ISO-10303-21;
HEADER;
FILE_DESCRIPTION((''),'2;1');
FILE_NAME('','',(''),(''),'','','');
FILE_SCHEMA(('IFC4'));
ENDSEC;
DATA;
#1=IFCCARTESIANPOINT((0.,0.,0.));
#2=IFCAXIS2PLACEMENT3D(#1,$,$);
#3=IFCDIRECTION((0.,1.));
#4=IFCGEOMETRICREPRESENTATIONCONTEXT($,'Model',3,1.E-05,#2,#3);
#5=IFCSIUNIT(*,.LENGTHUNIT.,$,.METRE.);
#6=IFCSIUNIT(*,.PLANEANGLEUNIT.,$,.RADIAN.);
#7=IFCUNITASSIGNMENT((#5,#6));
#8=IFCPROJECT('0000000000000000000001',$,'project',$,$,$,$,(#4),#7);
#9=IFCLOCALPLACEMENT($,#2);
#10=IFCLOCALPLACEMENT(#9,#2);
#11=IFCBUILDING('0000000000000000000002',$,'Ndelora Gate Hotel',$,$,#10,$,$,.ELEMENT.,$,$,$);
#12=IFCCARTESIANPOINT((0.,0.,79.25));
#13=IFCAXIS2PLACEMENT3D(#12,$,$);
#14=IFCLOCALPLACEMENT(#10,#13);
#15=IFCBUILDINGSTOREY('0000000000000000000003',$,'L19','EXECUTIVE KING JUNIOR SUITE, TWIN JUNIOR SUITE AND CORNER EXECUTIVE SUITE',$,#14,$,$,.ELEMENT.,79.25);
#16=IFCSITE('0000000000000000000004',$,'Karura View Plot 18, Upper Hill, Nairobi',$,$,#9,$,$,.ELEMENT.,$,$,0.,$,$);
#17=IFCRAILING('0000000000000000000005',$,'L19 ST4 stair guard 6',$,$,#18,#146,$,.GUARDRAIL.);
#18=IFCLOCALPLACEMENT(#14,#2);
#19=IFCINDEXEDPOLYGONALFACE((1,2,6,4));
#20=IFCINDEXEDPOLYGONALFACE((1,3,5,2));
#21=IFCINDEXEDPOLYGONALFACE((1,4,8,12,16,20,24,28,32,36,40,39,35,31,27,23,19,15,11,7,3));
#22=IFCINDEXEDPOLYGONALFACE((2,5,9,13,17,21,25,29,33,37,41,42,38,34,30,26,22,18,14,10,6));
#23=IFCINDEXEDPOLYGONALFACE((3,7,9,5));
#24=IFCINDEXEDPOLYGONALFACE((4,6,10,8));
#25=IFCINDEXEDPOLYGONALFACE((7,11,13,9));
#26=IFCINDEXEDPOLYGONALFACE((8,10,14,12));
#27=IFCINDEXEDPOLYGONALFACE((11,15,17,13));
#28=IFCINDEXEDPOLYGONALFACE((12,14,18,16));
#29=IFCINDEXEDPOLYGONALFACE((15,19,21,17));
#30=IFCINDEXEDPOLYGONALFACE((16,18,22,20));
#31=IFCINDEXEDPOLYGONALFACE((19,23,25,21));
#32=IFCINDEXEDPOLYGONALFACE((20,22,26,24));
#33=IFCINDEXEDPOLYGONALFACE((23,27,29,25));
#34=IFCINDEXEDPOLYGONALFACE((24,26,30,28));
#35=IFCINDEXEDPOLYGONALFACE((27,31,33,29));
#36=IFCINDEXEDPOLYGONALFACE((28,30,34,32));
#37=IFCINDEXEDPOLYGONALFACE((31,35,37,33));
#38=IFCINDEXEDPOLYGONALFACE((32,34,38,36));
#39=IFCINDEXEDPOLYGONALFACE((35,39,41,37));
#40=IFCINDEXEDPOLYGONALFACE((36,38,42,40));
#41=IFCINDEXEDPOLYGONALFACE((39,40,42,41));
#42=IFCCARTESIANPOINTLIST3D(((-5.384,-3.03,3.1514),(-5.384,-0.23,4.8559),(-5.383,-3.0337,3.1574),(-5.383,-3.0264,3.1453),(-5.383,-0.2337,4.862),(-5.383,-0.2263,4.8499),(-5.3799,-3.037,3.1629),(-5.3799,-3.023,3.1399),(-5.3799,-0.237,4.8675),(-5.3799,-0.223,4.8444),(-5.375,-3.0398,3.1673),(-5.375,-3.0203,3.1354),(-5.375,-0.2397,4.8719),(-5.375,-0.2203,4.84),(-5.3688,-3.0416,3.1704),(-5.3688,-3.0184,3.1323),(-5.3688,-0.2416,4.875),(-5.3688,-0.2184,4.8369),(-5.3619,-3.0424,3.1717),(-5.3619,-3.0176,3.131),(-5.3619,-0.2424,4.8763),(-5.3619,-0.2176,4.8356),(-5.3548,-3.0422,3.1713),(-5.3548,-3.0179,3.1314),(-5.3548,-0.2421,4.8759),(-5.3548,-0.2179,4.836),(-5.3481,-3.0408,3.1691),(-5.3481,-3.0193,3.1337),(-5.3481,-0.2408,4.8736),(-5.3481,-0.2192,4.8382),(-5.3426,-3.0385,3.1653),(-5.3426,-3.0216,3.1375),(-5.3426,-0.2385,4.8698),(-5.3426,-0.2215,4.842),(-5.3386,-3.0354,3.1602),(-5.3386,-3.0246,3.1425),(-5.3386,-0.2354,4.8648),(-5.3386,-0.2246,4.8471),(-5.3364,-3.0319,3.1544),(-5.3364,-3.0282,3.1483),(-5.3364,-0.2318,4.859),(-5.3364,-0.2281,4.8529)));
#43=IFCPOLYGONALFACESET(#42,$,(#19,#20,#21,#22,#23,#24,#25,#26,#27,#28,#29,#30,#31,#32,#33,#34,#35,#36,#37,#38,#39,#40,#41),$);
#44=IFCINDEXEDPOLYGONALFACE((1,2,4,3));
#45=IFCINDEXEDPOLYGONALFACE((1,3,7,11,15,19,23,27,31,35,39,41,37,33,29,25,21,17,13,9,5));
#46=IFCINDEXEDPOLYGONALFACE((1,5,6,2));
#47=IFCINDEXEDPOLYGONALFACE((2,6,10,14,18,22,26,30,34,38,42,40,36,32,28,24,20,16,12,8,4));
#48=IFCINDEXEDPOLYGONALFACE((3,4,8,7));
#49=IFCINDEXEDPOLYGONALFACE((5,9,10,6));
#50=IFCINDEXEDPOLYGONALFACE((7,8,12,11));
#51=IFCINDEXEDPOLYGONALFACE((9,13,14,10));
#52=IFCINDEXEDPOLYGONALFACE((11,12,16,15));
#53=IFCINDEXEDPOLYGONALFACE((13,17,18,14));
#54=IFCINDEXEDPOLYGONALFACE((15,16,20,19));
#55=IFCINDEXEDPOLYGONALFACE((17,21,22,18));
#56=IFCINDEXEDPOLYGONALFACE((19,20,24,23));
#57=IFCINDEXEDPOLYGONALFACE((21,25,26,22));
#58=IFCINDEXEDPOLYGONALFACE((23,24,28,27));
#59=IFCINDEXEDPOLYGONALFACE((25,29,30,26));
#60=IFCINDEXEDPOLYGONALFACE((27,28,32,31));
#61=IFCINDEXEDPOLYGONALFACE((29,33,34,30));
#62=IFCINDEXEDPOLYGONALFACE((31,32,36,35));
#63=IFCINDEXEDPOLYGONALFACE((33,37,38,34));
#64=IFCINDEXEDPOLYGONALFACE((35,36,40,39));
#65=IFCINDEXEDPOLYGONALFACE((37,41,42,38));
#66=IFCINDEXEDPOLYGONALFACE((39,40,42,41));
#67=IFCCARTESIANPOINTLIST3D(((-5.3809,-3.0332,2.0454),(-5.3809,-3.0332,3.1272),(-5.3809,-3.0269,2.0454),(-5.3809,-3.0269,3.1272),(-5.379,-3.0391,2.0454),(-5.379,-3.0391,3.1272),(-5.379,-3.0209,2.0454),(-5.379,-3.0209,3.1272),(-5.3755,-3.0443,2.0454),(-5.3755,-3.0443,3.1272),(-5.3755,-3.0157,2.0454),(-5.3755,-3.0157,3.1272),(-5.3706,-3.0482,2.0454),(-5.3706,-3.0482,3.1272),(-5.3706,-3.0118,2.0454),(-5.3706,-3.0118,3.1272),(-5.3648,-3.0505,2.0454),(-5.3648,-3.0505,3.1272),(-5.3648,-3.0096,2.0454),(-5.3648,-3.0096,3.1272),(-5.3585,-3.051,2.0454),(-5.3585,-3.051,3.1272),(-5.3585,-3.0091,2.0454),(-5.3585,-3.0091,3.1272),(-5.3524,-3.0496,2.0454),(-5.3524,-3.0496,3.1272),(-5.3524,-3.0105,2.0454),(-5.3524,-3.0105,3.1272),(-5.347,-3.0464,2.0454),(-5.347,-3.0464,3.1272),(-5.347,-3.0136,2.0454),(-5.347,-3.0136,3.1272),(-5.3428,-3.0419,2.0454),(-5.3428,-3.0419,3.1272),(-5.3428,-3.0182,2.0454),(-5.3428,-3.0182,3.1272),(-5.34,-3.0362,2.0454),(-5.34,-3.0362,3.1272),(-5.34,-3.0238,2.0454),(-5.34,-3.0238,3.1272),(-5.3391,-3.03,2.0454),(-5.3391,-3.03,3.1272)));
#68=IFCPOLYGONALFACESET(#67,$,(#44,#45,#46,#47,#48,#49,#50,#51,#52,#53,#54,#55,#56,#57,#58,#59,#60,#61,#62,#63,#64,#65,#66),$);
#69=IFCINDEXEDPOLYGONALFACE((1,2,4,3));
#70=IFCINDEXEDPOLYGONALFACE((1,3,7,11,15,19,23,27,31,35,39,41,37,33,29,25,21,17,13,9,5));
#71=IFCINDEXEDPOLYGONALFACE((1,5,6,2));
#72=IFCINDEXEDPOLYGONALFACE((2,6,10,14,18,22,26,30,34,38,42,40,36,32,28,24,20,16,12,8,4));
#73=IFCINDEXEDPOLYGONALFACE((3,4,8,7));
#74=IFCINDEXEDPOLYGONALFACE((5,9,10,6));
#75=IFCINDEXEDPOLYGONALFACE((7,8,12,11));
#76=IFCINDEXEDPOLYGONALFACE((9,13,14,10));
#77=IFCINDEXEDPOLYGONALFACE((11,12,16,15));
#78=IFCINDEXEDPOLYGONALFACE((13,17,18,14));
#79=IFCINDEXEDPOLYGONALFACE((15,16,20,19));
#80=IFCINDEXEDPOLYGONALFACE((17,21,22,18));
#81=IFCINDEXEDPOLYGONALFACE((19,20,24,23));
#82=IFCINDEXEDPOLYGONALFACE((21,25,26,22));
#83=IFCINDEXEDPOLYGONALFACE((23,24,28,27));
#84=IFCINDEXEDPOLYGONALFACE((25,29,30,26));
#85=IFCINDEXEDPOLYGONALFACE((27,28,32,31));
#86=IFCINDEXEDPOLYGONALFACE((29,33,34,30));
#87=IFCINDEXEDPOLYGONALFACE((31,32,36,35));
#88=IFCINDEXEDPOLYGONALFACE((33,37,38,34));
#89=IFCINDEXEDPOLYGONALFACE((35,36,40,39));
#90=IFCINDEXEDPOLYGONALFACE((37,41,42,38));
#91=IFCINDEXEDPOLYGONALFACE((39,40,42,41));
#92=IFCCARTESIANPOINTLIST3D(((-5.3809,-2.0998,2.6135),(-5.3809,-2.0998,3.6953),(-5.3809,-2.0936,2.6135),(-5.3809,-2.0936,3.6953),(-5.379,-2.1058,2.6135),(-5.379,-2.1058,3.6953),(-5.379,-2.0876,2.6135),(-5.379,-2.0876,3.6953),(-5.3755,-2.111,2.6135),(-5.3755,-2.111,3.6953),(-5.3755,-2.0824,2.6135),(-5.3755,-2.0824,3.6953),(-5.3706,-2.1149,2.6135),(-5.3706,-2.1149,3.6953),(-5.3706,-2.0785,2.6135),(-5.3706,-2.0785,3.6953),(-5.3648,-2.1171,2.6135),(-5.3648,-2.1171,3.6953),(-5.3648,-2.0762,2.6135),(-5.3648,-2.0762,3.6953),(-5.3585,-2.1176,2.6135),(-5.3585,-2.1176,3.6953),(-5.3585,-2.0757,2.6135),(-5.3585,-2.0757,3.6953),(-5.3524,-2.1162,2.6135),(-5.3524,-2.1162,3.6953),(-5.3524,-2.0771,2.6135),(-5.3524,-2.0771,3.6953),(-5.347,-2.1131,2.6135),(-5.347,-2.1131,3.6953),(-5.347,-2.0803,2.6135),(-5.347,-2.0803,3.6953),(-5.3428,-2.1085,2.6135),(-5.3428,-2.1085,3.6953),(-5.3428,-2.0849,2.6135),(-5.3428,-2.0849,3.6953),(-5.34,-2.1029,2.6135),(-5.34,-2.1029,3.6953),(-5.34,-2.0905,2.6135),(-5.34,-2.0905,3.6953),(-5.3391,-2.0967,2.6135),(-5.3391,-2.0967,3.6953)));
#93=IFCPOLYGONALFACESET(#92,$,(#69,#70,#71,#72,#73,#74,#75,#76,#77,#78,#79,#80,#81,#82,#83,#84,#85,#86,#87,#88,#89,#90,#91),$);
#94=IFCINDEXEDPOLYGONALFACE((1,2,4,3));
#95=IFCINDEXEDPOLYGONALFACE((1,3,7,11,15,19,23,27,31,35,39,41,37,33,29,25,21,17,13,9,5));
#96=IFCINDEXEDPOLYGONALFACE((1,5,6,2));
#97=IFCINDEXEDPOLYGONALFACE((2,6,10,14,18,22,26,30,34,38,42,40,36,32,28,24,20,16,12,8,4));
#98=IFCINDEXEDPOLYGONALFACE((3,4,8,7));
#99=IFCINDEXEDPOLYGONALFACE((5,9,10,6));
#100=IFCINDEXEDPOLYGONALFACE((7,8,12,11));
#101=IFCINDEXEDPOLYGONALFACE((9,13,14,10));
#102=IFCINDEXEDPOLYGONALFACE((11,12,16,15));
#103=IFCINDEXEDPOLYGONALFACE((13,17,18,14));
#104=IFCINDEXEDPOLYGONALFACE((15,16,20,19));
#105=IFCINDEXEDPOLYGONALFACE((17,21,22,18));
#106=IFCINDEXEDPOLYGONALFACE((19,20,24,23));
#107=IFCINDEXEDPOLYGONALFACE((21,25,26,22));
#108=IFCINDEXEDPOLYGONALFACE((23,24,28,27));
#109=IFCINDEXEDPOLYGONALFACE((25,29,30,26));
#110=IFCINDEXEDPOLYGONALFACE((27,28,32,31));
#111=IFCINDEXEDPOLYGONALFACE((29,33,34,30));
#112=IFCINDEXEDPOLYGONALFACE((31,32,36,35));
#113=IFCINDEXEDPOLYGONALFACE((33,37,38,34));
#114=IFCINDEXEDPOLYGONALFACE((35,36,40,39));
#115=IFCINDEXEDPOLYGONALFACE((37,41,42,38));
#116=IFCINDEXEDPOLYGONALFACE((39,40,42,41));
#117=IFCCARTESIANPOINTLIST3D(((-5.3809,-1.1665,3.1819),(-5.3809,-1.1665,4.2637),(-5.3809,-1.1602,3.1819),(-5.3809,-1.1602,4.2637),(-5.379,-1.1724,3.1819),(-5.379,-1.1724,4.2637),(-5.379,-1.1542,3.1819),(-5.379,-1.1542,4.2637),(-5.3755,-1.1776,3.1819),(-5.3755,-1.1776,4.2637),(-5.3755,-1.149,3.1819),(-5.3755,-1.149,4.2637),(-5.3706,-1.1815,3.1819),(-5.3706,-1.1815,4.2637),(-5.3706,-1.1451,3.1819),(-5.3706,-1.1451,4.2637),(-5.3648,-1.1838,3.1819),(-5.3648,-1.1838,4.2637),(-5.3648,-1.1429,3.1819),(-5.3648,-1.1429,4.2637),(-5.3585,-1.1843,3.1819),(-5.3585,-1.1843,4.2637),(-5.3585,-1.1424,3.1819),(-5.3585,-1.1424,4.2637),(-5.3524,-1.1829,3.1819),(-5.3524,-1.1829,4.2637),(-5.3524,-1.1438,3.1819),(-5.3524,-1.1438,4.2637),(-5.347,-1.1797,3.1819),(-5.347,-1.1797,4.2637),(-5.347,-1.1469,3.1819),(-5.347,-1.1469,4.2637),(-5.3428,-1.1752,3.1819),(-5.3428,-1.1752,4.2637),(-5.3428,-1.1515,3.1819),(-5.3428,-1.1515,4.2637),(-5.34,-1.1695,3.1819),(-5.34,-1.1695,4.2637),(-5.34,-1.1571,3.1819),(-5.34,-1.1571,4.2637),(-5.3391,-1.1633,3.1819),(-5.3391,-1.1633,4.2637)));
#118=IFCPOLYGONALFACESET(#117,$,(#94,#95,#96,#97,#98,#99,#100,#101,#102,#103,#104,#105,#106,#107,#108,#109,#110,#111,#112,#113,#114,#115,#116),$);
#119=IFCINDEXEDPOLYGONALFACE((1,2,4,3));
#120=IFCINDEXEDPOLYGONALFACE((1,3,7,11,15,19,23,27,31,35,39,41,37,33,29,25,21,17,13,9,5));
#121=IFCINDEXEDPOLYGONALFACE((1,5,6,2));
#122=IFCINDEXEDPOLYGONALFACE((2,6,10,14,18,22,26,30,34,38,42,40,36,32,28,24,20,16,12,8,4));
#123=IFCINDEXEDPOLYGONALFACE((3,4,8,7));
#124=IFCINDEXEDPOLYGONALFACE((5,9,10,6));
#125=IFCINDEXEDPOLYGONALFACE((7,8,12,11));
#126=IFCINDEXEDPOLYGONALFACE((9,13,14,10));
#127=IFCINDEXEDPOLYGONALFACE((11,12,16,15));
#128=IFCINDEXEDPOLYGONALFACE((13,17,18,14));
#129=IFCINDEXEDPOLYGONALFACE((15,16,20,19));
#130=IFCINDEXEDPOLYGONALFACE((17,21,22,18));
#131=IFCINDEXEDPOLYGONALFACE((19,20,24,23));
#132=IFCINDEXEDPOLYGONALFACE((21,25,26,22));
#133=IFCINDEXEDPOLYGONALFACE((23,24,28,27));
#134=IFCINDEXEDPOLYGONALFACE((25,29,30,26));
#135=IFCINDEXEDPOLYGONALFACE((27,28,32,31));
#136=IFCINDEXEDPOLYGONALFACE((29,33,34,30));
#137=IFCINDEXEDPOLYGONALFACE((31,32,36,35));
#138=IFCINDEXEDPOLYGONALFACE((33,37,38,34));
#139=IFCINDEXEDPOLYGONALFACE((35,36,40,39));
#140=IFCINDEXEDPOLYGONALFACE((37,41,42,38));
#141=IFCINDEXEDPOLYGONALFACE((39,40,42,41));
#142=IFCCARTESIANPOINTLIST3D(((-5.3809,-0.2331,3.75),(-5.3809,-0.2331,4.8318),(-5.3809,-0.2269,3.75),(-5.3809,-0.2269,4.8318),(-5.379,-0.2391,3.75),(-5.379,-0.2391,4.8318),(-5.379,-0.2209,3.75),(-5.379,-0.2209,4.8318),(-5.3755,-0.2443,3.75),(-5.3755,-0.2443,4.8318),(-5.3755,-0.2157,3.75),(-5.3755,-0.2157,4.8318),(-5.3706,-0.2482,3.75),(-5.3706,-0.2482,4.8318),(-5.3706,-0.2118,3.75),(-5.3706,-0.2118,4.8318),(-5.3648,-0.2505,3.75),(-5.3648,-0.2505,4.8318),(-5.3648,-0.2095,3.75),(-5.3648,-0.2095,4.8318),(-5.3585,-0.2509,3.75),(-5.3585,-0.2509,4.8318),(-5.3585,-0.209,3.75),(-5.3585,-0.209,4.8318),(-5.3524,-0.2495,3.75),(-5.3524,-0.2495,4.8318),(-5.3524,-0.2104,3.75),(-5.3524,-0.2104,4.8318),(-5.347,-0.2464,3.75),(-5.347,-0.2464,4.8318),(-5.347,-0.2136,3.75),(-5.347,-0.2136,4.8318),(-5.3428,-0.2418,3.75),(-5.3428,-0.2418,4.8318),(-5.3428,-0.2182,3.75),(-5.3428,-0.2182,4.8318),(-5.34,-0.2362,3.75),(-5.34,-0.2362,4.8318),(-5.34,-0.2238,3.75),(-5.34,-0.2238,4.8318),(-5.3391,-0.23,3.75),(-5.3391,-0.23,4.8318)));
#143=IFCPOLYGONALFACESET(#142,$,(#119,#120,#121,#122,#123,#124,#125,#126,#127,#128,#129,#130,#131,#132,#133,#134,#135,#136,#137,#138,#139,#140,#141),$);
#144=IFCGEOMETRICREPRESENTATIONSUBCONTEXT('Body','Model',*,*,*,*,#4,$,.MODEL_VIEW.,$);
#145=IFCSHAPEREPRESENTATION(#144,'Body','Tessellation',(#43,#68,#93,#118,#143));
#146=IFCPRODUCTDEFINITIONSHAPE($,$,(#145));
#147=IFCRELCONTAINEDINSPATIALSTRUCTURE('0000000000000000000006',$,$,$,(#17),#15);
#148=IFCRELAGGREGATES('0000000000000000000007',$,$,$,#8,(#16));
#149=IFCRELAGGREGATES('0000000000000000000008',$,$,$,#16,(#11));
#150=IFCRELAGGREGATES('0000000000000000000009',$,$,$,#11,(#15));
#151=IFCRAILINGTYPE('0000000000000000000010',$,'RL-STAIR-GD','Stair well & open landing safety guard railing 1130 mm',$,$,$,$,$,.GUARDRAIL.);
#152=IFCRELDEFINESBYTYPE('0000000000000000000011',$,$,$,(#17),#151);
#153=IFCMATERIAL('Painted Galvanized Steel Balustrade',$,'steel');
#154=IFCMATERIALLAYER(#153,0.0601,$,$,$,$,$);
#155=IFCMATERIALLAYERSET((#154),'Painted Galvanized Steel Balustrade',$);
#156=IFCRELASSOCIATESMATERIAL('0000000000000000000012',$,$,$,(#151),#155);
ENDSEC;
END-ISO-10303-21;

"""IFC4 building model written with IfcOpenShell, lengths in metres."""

from ifc_helpers import new_model, si_unit, direction, frame, origin, origin_2d, place, context, subcontext, project, spatial, circle, extrude, material, layer, layer_set, type_object, element, save


model = new_model("IFC4")

# Units and contexts
model_context = context("Model", 3, precision=1e-05, world=origin(), true_north=direction((0.0, 1.0)))
body_context = subcontext(model_context, "Body", "Model", "MODEL_VIEW")
ifc_project = project(units=[si_unit("LENGTHUNIT", "METRE"), si_unit("PLANEANGLEUNIT", "RADIAN")], contexts=[model_context])

# Site, building, storey
site_placement = place(None, origin())
site = spatial("IfcSite", under=ifc_project, at=site_placement, Name="Karura View Plot 18, Upper Hill, Nairobi", CompositionType="ELEMENT", RefElevation=0.0)
building_placement = place(site_placement, origin())
building = spatial("IfcBuilding", under=site, at=building_placement, Name="Ndelora Gate Hotel", CompositionType="ELEMENT")
storey_placement = place(building_placement, frame((0.0, 0.0, 79.25)))
storey = spatial("IfcBuildingStorey", under=building, at=storey_placement, Name="L19", Description="EXECUTIVE KING JUNIOR SUITE, TWIN JUNIOR SUITE AND CORNER EXECUTIVE SUITE", CompositionType="ELEMENT", Elevation=79.25)

# Railing
ifc_material_1 = material(Name="Painted Galvanized Steel Balustrade", Category="steel")
ifc_layer_1 = layer(ifc_material_1, 0.0601)
ifc_layer_set_1 = layer_set([ifc_layer_1], Name="Painted Galvanized Steel Balustrade")
railing_type_1 = type_object("IfcRailingType", Name="RL-STAIR-GD", Description="Stair well & open landing safety guard railing 1130 mm", PredefinedType="GUARDRAIL", material=ifc_layer_set_1)
railing_1_placement = place(storey_placement, frame((-5.3601, -3.03, 2.0454)))
element("IfcRailing", 1, at=railing_1_placement, inside=storey, type_object=railing_type_1, Name="L19 ST4 stair guard 6", PredefinedType="GUARDRAIL", context=body_context, shape_type="SweptSolid", body=[
    extrude(circle(Radius=0.0239, at=origin_2d()), frame((0.0, 0.0, 1.106), z_axis=(0.0, 0.85417, 0.519994), x_axis=(-1.0, 0.0, 0.0)), (0.0, 0.0, 1.0), 3.2781),
    extrude(circle(Radius=0.021, at=origin_2d()), origin(), (0.0, 0.0, 1.0), 1.0818),
    extrude(circle(Radius=0.021, at=origin_2d()), frame((0.0, 0.9333, 0.5681)), (0.0, 0.0, 1.0), 1.0818),
    extrude(circle(Radius=0.021, at=origin_2d()), frame((0.0, 1.8667, 1.1365)), (0.0, 0.0, 1.0), 1.0818),
    extrude(circle(Radius=0.021, at=origin_2d()), frame((0.0, 2.8, 1.7046)), (0.0, 0.0, 1.0), 1.0818),
])

save(model, "model.ifc")
